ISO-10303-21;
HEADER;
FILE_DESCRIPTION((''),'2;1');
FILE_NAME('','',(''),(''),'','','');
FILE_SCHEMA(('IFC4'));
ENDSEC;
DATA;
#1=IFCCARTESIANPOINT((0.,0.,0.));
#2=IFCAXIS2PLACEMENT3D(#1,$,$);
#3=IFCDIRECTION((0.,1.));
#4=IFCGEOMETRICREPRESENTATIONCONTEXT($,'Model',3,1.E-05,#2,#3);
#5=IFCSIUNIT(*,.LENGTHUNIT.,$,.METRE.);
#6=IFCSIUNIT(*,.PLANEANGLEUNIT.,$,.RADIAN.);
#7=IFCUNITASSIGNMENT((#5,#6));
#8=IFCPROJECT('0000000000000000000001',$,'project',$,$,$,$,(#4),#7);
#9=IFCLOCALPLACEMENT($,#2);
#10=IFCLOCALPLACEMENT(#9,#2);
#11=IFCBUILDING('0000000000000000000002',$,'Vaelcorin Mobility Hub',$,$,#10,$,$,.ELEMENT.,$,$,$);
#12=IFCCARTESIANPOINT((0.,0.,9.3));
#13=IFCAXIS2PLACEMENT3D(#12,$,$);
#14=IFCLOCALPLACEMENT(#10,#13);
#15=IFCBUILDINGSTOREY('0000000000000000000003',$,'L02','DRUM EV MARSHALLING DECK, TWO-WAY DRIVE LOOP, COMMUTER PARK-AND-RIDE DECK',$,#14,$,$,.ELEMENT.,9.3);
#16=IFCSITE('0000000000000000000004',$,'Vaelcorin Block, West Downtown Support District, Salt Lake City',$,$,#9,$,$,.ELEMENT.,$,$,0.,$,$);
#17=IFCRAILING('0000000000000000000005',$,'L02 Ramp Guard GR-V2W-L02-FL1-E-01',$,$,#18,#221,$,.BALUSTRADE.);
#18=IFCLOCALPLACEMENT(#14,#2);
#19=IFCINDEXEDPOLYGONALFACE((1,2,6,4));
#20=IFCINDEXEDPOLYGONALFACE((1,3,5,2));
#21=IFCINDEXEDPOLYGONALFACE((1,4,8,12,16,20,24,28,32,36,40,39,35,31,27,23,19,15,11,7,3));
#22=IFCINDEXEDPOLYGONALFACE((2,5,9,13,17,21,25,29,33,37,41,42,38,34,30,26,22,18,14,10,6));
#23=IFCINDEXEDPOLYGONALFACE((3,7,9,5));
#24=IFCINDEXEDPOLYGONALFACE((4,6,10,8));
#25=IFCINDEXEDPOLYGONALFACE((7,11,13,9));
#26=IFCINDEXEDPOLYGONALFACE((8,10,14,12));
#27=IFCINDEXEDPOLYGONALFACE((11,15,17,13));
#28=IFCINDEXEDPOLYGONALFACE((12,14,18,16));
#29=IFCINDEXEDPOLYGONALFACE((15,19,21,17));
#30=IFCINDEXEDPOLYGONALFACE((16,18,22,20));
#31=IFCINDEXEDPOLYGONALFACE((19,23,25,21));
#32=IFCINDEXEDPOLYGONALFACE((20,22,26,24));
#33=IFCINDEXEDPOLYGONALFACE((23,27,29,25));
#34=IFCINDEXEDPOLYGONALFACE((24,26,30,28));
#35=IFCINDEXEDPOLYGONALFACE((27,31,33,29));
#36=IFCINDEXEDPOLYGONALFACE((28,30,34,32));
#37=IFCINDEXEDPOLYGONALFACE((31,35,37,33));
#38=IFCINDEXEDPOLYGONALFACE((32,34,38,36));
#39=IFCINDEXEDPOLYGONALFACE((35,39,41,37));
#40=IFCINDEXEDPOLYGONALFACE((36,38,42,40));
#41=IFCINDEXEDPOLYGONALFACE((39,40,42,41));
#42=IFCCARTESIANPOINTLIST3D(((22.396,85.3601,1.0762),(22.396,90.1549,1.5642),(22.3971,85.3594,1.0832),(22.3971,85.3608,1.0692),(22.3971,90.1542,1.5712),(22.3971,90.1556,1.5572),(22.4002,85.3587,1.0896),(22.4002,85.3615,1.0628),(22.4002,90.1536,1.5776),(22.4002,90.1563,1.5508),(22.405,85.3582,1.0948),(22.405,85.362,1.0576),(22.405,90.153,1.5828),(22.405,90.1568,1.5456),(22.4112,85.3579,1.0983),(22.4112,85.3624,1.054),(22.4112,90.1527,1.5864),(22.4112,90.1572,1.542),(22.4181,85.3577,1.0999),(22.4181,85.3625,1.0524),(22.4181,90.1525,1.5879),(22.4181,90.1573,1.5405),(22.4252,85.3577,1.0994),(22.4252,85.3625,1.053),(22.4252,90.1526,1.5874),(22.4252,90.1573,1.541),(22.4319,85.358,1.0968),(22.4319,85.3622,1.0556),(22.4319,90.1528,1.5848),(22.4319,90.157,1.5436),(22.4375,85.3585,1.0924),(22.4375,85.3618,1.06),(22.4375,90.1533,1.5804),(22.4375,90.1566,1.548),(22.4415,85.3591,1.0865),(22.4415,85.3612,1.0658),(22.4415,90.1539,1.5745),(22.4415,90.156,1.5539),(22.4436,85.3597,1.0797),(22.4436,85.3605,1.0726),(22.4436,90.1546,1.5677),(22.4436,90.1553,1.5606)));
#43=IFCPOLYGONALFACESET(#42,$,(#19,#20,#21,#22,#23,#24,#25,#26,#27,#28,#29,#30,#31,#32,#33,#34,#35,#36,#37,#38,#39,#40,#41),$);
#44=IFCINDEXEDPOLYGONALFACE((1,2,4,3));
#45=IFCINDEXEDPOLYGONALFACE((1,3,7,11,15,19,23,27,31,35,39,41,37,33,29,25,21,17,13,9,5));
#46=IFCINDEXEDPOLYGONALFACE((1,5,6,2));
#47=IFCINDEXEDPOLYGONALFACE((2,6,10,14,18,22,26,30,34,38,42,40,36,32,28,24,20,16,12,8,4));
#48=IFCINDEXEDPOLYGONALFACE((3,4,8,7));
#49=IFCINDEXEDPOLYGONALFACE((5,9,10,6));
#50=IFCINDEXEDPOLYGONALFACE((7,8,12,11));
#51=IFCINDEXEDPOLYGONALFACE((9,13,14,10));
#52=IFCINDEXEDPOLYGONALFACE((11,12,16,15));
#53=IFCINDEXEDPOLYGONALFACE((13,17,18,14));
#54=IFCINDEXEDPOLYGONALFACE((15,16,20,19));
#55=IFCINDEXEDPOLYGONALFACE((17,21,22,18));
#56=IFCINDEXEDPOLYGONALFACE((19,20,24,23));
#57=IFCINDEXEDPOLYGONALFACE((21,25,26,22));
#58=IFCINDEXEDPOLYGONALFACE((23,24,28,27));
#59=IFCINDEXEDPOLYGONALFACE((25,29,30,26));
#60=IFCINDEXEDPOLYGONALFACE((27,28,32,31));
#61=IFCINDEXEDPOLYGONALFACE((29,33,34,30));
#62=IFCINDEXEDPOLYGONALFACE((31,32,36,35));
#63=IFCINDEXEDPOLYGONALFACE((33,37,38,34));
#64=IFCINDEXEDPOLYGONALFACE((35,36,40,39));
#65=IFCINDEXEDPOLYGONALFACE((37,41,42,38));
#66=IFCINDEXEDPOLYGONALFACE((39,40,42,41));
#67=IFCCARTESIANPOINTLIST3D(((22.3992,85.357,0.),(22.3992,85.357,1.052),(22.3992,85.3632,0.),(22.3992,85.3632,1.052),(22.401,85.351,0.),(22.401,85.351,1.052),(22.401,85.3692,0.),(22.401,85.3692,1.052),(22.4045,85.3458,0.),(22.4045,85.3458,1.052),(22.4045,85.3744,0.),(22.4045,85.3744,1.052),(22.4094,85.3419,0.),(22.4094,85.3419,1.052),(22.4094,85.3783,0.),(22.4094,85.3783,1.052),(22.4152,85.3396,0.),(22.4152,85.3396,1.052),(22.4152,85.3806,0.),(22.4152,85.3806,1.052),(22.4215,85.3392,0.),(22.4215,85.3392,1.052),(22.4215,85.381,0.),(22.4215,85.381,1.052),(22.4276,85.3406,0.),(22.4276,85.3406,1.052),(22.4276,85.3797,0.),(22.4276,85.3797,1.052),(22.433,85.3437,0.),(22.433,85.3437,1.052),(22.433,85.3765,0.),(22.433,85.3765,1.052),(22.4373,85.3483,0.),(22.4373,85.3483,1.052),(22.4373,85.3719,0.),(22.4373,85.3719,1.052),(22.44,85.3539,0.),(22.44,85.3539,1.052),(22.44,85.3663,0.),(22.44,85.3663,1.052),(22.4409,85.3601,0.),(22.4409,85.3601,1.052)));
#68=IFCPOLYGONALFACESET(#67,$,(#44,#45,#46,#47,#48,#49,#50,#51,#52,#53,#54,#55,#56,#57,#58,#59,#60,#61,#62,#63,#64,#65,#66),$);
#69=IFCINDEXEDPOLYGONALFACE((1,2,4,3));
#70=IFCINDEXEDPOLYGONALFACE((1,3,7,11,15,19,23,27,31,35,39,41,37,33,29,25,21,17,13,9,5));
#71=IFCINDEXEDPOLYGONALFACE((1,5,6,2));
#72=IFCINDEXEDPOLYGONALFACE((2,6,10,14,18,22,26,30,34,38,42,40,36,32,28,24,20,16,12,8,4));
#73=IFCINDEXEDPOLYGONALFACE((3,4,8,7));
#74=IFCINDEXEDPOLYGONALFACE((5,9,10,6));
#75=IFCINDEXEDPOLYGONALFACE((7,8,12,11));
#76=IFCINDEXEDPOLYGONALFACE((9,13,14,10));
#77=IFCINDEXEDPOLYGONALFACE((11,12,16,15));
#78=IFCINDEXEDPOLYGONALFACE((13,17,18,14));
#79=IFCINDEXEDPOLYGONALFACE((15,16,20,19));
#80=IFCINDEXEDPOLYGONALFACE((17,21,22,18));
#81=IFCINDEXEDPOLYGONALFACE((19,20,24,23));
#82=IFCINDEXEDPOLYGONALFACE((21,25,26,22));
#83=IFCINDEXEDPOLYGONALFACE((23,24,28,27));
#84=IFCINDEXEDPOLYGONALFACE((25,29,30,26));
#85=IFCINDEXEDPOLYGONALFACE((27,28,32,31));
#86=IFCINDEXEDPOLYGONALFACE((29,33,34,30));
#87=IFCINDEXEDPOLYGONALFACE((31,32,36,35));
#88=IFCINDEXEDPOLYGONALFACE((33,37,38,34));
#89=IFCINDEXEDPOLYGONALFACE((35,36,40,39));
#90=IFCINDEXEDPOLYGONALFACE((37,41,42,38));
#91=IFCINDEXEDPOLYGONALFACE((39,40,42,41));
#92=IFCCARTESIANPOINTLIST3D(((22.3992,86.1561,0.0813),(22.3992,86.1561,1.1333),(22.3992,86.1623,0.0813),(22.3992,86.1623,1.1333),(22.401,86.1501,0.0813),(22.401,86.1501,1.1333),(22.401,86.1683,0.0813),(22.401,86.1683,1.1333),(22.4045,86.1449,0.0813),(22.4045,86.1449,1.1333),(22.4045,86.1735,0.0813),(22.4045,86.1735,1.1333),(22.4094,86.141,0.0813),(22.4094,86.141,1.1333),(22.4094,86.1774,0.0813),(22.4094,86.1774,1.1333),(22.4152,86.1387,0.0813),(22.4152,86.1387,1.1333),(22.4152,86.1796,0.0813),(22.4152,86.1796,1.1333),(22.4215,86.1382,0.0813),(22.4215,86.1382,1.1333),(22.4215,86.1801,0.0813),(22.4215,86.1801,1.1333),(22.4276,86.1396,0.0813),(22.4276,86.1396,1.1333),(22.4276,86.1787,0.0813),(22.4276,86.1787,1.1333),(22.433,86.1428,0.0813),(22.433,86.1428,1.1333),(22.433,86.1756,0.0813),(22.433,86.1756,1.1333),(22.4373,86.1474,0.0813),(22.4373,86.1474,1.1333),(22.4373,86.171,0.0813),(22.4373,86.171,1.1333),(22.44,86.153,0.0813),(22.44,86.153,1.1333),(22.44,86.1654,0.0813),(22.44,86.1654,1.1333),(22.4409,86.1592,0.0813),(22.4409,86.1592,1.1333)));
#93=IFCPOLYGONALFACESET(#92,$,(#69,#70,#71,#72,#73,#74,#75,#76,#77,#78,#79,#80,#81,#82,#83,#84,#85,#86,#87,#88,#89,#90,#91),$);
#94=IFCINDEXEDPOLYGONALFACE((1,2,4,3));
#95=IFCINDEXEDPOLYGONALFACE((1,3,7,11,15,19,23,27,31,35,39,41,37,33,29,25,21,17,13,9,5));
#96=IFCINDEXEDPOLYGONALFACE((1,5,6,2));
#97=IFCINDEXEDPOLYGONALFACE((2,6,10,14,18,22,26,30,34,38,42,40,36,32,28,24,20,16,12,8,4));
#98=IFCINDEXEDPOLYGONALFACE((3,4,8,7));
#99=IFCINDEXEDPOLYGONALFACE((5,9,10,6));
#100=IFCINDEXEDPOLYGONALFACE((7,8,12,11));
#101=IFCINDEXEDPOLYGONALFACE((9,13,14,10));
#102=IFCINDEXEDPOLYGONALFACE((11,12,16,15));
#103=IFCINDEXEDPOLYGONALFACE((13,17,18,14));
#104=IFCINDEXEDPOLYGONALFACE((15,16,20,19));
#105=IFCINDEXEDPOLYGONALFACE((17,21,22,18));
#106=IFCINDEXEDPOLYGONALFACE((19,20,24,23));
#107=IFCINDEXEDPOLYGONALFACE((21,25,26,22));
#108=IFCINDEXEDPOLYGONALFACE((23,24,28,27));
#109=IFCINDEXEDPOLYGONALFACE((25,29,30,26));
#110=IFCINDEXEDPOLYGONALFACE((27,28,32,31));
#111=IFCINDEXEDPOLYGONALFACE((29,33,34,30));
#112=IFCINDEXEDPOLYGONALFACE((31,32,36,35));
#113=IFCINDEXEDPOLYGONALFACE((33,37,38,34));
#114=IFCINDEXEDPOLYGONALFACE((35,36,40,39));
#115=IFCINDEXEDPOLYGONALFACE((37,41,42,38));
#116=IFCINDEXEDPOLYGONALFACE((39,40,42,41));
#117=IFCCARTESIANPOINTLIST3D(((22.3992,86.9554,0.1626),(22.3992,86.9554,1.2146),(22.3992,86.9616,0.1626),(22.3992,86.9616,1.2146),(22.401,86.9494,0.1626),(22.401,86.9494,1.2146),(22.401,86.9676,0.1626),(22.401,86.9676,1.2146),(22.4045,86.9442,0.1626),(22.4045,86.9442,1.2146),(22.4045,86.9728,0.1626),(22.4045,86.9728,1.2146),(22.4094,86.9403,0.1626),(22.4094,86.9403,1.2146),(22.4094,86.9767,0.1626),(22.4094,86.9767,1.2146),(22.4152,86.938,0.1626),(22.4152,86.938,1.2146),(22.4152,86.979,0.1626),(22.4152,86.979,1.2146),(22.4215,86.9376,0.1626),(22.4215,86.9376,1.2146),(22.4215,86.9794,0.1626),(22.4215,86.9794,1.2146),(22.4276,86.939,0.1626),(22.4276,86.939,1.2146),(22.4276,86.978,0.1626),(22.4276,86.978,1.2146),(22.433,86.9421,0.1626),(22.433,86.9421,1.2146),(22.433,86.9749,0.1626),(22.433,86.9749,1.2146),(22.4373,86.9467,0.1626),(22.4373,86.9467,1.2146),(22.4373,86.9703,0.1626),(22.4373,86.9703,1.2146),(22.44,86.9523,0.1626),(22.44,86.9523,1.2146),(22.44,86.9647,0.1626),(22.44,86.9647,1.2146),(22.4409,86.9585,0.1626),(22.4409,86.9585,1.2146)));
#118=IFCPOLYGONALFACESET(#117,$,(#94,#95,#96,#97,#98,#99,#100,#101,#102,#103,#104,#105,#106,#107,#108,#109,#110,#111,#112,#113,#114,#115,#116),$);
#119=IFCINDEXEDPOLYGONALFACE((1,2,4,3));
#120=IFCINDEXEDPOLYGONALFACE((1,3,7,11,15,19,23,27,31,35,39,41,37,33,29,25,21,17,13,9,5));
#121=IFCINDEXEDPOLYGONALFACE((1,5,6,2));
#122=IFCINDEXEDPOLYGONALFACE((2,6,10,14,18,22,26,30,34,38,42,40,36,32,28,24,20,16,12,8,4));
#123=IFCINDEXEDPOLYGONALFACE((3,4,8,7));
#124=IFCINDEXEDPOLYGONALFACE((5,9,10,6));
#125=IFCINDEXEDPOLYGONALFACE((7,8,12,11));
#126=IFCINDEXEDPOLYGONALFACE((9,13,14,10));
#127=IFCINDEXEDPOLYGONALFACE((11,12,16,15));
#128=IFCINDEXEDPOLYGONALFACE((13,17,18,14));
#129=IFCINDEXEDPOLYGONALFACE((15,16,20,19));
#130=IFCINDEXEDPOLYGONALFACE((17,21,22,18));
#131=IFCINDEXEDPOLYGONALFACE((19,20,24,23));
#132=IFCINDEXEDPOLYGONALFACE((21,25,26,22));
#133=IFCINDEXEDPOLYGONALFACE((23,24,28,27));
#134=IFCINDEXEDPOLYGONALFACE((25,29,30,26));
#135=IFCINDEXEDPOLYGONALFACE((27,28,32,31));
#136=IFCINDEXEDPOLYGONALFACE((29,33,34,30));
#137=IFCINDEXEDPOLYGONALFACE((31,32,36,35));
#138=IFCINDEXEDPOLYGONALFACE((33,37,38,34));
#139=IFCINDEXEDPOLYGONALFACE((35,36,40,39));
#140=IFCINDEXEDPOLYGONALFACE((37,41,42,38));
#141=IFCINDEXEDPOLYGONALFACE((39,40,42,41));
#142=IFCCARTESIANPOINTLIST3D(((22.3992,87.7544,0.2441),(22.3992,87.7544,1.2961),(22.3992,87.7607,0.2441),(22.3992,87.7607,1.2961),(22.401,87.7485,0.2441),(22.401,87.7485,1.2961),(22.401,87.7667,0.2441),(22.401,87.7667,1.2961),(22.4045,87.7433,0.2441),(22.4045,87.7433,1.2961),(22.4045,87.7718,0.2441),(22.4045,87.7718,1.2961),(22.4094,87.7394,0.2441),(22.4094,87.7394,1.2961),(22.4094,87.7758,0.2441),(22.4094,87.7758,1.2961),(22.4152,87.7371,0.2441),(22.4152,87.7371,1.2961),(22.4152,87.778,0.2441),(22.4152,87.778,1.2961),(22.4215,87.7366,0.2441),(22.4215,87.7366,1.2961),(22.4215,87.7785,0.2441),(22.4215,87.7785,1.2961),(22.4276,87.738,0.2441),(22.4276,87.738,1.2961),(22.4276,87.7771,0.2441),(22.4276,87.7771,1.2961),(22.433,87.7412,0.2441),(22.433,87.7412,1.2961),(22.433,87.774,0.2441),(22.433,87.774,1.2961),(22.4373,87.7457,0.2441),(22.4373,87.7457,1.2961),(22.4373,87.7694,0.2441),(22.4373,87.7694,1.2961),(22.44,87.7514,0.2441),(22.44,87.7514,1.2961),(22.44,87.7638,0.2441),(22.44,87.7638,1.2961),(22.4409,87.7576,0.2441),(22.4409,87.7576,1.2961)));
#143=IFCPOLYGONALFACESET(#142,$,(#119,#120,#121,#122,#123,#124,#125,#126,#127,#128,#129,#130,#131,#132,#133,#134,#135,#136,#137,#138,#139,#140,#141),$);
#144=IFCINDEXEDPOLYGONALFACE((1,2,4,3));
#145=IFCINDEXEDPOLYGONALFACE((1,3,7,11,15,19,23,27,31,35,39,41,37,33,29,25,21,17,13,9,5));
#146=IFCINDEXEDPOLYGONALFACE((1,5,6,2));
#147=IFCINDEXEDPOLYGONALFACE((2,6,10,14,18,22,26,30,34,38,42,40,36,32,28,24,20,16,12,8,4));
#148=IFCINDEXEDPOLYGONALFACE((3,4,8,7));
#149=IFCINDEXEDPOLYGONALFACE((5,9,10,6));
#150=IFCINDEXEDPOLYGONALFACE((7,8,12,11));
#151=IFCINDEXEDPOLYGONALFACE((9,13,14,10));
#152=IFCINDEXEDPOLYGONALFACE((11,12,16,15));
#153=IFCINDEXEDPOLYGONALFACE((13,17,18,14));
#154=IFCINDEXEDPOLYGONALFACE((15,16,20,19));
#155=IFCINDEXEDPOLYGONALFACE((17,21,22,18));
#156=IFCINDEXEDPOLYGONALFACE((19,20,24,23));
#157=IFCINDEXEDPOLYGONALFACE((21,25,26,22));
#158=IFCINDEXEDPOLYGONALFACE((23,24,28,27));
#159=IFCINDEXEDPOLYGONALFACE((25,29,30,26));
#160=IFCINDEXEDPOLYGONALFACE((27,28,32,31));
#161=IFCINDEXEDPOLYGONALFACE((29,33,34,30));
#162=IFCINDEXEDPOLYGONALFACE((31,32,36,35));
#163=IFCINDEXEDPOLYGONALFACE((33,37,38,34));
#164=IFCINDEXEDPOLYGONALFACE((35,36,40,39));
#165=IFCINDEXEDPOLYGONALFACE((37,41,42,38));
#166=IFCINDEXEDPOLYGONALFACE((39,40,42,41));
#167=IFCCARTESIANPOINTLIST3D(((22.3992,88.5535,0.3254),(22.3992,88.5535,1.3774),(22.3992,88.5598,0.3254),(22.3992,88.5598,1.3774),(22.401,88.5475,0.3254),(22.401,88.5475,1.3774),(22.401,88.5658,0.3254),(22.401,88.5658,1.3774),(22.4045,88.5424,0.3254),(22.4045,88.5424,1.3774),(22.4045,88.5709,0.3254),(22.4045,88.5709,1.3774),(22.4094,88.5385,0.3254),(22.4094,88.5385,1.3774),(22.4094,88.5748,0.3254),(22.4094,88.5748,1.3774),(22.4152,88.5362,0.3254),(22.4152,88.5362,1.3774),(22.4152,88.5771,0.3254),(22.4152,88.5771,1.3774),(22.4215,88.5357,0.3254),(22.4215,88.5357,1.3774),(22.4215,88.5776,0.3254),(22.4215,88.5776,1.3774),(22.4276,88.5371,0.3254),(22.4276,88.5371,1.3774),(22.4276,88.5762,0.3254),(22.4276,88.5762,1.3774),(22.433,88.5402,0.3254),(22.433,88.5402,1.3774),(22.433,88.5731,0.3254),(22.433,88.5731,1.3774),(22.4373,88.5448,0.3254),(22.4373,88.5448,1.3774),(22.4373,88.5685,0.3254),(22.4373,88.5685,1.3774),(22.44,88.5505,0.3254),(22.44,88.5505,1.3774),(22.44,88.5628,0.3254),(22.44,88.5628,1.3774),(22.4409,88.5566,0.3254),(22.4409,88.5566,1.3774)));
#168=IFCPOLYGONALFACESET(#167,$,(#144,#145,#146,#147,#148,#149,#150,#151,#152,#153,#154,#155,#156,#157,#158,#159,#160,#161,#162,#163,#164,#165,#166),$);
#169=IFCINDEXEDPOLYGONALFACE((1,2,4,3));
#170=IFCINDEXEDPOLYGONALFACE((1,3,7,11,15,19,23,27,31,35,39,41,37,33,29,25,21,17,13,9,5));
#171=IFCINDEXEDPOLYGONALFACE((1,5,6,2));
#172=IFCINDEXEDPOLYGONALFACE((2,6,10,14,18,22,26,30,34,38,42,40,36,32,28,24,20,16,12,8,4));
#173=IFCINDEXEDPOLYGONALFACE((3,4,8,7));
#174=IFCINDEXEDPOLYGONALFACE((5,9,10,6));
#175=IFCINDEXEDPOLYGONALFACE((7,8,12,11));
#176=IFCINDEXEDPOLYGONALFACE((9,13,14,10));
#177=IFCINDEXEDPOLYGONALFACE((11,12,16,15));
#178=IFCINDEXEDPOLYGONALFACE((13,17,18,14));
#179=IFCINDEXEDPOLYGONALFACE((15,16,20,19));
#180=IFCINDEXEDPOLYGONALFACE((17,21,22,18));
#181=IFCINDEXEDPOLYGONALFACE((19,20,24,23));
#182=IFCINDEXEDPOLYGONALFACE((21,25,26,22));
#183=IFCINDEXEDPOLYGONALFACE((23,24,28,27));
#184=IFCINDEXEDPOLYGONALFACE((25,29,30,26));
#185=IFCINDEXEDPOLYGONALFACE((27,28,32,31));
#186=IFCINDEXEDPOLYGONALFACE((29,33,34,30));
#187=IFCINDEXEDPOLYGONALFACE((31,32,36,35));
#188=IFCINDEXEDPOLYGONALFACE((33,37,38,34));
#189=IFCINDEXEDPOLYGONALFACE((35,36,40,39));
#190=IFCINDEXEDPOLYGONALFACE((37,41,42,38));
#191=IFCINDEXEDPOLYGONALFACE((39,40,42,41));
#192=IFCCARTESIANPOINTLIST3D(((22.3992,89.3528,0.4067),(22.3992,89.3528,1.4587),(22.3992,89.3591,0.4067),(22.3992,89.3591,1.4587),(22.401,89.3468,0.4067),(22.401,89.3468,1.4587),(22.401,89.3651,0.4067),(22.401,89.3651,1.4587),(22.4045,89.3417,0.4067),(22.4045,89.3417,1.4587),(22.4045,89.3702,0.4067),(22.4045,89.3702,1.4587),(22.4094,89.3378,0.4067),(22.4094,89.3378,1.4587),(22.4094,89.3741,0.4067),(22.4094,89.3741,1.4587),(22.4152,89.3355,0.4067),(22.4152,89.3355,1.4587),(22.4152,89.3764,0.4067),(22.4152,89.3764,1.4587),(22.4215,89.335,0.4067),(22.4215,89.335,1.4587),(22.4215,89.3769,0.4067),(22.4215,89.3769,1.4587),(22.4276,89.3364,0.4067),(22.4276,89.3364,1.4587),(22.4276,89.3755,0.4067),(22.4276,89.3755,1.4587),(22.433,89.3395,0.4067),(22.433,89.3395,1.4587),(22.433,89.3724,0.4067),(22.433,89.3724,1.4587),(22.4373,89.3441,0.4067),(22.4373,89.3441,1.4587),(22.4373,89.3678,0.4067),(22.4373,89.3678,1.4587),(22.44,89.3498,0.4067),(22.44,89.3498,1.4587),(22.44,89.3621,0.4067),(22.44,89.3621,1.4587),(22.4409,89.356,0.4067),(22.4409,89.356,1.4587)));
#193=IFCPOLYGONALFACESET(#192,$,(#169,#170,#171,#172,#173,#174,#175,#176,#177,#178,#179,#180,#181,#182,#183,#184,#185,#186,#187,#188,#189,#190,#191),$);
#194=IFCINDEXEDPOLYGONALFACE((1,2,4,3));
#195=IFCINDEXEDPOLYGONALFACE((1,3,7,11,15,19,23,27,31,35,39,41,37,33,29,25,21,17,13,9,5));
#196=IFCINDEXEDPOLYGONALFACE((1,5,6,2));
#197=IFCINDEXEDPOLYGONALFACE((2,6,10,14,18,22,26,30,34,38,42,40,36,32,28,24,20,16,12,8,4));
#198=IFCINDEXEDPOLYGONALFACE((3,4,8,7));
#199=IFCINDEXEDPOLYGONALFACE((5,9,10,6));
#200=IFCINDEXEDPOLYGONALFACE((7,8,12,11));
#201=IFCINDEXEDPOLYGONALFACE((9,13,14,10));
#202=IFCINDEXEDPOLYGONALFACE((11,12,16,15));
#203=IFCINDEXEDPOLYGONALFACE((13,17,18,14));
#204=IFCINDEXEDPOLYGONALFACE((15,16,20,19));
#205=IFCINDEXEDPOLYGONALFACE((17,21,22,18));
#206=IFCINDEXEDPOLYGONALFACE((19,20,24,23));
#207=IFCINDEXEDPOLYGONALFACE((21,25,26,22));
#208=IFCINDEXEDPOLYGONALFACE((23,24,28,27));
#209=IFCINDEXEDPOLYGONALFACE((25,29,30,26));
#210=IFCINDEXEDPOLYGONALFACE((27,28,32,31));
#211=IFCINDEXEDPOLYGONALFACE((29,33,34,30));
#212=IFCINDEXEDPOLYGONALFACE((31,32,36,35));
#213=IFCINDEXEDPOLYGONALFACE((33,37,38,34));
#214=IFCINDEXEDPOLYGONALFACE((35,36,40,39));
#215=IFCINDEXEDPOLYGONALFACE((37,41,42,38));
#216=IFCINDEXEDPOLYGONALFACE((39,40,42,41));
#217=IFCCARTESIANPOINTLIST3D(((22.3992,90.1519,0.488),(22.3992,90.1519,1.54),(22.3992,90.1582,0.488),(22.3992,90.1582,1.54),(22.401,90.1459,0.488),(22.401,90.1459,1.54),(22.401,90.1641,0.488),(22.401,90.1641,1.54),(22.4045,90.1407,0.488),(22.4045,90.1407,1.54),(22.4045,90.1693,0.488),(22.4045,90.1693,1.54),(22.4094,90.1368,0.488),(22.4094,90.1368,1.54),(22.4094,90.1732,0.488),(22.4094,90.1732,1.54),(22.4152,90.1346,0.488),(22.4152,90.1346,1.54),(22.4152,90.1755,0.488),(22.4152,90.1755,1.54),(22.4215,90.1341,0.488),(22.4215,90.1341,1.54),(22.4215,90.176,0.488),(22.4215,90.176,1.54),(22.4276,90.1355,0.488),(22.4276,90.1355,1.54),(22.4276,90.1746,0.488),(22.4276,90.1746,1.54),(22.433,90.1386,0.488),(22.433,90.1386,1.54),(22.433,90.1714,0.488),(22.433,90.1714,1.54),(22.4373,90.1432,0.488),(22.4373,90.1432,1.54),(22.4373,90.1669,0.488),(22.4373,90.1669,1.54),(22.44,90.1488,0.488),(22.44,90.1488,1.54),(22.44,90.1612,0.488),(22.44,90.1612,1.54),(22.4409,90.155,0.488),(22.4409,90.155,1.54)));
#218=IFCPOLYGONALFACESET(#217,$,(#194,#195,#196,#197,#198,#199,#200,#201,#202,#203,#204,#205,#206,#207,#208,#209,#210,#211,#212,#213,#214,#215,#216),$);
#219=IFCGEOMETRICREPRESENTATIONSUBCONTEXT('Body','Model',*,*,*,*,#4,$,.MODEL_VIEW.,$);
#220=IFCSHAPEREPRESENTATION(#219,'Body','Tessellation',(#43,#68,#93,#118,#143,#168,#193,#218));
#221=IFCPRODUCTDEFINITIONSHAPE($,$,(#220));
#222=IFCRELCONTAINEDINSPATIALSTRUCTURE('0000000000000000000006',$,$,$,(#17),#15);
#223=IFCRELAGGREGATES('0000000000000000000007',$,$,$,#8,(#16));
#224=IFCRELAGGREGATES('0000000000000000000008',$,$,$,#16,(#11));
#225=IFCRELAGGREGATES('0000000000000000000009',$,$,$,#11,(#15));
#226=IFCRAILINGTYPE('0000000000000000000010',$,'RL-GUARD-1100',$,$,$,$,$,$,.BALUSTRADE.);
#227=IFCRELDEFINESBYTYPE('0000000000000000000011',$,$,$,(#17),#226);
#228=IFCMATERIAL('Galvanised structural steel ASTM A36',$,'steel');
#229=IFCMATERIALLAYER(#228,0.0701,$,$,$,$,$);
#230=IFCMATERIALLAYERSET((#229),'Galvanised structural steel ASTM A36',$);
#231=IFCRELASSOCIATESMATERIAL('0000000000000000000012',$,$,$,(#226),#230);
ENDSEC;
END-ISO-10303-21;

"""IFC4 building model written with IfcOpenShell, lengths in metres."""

from ifc_helpers import new_model, si_unit, direction, frame, origin, origin_2d, place, context, subcontext, project, spatial, circle, extrude, material, layer, layer_set, type_object, element, save


model = new_model("IFC4")

# Units and contexts
model_context = context("Model", 3, precision=1e-05, world=origin(), true_north=direction((0.0, 1.0)))
body_context = subcontext(model_context, "Body", "Model", "MODEL_VIEW")
ifc_project = project(units=[si_unit("LENGTHUNIT", "METRE"), si_unit("PLANEANGLEUNIT", "RADIAN")], contexts=[model_context])

# Site, building, storey
site_placement = place(None, origin())
site = spatial("IfcSite", under=ifc_project, at=site_placement, Name="Vaelcorin Block, West Downtown Support District, Salt Lake City", CompositionType="ELEMENT", RefElevation=0.0)
building_placement = place(site_placement, origin())
building = spatial("IfcBuilding", under=site, at=building_placement, Name="Vaelcorin Mobility Hub", CompositionType="ELEMENT")
storey_placement = place(building_placement, frame((0.0, 0.0, 9.3)))
storey = spatial("IfcBuildingStorey", under=building, at=storey_placement, Name="L02", Description="DRUM EV MARSHALLING DECK, TWO-WAY DRIVE LOOP, COMMUTER PARK-AND-RIDE DECK", CompositionType="ELEMENT", Elevation=9.3)

# Railing
ifc_material_1 = material(Name="Galvanised structural steel ASTM A36", Category="steel")
ifc_layer_1 = layer(ifc_material_1, 0.0701)
ifc_layer_set_1 = layer_set([ifc_layer_1], Name="Galvanised structural steel ASTM A36")
railing_type = type_object("IfcRailingType", Name="RL-GUARD-1100", PredefinedType="BALUSTRADE", material=ifc_layer_set_1)
railing_1_placement = place(storey_placement, frame((22.4199, 85.3601, 0.0)))
element("IfcRailing", 1, at=railing_1_placement, inside=storey, type_object=railing_type, Name="L02 Ramp Guard GR-V2W-L02-FL1-E-01", PredefinedType="BALUSTRADE", context=body_context, shape_type="SweptSolid", body=[
    extrude(circle(Radius=0.0239, at=origin_2d()), frame((0.0, 0.0, 1.0762), z_axis=(0.0, 0.99486, 0.101259), x_axis=(-1.0, 0.0, 0.0)), (0.0, 0.0, 1.0), 4.8196),
    extrude(circle(Radius=0.021, at=origin_2d()), origin(), (0.0, 0.0, 1.0), 1.052),
    extrude(circle(Radius=0.021, at=origin_2d()), frame((0.0, 0.7991, 0.0813)), (0.0, 0.0, 1.0), 1.052),
    extrude(circle(Radius=0.021, at=origin_2d()), frame((0.0, 1.5984, 0.1626)), (0.0, 0.0, 1.0), 1.052),
    extrude(circle(Radius=0.021, at=origin_2d()), frame((0.0, 2.3975, 0.2441)), (0.0, 0.0, 1.0), 1.052),
    extrude(circle(Radius=0.021, at=origin_2d()), frame((0.0, 3.1965, 0.3254)), (0.0, 0.0, 1.0), 1.052),
    extrude(circle(Radius=0.021, at=origin_2d()), frame((0.0, 3.9958, 0.4067)), (0.0, 0.0, 1.0), 1.052),
    extrude(circle(Radius=0.021, at=origin_2d()), frame((0.0, 4.7949, 0.488)), (0.0, 0.0, 1.0), 1.052),
])

save(model, "model.ifc")
